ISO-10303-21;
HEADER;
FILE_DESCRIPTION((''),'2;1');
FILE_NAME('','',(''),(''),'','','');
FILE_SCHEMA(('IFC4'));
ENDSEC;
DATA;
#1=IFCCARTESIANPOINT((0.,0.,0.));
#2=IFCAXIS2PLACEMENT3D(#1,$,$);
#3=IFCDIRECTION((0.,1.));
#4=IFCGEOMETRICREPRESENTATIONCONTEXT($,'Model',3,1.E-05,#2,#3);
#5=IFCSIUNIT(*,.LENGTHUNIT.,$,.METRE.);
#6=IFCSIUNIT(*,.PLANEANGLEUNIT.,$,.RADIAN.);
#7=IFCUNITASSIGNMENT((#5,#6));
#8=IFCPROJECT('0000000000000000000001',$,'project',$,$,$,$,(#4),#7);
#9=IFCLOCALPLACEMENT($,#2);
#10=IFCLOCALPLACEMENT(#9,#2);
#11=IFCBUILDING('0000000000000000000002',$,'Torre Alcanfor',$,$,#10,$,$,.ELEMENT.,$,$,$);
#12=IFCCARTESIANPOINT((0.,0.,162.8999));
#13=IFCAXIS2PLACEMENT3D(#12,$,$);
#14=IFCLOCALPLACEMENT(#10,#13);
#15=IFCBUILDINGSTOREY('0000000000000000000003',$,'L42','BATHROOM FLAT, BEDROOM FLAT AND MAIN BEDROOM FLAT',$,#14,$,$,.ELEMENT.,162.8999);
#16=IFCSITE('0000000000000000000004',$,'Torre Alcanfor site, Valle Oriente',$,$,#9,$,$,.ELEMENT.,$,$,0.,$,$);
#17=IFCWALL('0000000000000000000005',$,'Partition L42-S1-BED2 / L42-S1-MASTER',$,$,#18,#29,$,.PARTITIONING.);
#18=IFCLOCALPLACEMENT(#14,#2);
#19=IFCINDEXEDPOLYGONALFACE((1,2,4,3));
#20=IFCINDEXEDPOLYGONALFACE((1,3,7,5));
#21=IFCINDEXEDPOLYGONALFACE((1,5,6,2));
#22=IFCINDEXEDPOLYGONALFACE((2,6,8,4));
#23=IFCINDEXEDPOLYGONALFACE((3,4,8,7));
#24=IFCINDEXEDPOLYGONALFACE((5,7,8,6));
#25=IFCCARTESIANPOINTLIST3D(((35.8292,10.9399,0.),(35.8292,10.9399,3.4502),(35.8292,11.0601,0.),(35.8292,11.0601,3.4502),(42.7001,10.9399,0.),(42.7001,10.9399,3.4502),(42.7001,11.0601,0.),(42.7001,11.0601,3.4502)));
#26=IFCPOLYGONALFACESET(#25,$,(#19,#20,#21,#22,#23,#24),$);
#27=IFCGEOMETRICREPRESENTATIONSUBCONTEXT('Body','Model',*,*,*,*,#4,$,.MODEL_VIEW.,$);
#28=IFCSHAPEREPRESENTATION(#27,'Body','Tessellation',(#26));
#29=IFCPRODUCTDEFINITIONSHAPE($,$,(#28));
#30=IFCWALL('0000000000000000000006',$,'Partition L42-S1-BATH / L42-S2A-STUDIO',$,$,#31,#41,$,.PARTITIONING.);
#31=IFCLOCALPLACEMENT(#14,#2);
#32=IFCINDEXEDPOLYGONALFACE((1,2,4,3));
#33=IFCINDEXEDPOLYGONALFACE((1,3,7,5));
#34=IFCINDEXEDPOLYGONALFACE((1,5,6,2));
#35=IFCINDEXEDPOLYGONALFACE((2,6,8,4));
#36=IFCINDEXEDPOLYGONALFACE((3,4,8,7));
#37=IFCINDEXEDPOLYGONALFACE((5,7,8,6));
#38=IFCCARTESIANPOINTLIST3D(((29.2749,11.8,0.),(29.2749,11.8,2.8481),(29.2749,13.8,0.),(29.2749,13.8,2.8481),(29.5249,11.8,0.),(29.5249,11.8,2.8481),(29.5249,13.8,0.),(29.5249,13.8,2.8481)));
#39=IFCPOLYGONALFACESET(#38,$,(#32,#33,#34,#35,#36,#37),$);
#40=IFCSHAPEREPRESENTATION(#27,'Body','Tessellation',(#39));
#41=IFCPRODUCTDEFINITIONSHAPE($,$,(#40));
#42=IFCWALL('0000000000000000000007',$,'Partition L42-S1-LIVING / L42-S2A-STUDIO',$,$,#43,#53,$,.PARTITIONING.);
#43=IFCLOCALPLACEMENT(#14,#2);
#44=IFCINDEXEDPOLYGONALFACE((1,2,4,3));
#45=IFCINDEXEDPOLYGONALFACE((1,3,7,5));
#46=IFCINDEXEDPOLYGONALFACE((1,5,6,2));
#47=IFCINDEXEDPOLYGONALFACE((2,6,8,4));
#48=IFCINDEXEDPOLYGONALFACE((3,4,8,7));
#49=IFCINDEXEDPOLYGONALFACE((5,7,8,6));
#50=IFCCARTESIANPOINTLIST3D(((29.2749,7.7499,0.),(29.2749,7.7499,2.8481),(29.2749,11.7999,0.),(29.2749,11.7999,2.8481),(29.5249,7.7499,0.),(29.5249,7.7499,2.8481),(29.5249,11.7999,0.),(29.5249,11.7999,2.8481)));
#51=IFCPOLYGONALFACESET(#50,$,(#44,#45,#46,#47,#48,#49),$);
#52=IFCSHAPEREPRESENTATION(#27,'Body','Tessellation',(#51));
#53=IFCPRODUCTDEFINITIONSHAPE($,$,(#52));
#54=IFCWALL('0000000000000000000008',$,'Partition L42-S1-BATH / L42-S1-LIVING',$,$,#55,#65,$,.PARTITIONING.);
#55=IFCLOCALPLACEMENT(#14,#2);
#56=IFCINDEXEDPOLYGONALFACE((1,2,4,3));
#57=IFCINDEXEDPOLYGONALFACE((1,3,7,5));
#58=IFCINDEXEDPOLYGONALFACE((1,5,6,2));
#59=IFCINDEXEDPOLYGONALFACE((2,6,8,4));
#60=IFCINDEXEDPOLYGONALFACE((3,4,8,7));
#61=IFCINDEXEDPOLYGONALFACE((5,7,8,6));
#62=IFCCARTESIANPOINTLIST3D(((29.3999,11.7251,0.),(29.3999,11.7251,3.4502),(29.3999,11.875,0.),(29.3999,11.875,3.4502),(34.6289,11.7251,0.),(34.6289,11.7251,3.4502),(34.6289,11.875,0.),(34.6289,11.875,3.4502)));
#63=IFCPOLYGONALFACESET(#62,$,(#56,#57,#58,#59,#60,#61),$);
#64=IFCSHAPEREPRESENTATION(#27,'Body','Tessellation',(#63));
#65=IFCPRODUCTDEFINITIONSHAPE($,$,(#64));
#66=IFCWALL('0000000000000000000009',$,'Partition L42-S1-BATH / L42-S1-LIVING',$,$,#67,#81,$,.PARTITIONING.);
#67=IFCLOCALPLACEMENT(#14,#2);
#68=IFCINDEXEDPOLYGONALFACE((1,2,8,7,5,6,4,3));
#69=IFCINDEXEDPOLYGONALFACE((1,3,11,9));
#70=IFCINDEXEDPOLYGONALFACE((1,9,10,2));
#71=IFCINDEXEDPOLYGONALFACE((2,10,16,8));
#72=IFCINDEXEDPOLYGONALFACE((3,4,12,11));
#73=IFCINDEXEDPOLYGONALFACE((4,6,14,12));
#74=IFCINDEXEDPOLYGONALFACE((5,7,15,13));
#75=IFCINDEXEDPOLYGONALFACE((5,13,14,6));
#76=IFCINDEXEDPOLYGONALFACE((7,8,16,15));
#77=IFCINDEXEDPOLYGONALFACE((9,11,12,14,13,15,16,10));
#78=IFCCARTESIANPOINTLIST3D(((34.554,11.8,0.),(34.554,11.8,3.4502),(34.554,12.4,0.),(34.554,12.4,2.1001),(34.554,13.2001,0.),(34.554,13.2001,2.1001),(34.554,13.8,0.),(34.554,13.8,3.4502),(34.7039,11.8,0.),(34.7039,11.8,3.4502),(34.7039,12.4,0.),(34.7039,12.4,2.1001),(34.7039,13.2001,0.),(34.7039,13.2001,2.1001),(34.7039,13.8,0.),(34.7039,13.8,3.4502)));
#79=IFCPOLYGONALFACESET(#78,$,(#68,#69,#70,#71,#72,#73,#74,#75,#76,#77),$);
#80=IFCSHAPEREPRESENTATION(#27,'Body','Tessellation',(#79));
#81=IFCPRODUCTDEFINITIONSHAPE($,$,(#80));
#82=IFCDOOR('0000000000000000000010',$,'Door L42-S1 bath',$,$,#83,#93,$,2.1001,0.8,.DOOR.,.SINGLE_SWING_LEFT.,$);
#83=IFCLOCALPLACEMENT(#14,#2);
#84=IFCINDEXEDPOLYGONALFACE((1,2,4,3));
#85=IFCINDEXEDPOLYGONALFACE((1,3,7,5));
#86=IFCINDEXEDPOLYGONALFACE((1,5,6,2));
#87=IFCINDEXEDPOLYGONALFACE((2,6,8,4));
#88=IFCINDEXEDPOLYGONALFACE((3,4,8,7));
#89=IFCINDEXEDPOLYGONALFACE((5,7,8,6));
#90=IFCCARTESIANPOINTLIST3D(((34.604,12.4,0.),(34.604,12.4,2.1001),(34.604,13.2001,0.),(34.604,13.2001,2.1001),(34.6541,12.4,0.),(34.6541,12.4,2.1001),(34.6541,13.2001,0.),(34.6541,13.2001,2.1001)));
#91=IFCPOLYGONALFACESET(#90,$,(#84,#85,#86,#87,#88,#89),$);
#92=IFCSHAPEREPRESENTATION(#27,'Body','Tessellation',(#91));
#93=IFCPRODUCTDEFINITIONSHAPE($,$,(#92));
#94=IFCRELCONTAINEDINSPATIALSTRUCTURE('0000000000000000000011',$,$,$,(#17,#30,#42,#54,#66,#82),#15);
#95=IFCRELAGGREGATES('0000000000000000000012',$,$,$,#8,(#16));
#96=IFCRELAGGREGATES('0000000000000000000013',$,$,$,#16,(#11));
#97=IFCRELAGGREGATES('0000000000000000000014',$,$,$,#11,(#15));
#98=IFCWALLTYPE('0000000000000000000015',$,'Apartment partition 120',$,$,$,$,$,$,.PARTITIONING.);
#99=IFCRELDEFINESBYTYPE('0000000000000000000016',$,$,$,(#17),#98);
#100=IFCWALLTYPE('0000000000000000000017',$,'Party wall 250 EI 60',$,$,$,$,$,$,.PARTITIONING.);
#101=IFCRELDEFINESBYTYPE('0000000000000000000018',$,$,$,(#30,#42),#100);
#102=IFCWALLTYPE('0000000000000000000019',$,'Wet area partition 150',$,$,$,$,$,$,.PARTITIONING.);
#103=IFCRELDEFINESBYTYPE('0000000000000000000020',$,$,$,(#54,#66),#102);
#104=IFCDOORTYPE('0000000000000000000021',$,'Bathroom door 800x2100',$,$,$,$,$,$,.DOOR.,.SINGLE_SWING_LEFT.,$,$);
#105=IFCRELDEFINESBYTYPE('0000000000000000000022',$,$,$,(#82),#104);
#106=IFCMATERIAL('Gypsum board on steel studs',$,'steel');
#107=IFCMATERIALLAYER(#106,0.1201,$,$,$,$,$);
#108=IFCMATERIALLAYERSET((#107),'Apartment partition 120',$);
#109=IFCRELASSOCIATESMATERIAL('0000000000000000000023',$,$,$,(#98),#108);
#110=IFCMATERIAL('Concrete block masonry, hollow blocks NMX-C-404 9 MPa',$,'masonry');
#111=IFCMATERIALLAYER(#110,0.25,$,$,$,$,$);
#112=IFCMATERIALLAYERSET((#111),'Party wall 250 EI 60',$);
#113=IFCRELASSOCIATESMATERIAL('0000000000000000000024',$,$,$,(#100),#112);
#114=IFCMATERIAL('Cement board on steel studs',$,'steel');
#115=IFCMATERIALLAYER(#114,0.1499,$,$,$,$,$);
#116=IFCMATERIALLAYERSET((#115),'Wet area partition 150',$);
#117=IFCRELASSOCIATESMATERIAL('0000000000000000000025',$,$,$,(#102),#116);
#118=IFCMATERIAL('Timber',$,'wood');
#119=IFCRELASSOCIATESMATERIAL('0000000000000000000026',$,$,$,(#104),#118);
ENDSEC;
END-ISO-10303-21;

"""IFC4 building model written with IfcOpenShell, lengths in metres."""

from ifc_helpers import new_model, si_unit, direction, frame, frame_2d, origin, place, context, subcontext, project, spatial, rectangle, extrude, material, layer, layer_set, type_object, element, fill, save


model = new_model("IFC4")

# Units and contexts
model_context = context("Model", 3, precision=1e-05, world=origin(), true_north=direction((0.0, 1.0)))
body_context = subcontext(model_context, "Body", "Model", "MODEL_VIEW")
ifc_project = project(units=[si_unit("LENGTHUNIT", "METRE"), si_unit("PLANEANGLEUNIT", "RADIAN")], contexts=[model_context])

# Site, building, storey
site_placement = place(None, origin())
site = spatial("IfcSite", under=ifc_project, at=site_placement, Name="Torre Alcanfor site, Valle Oriente", CompositionType="ELEMENT", RefElevation=0.0)
building_placement = place(site_placement, origin())
building = spatial("IfcBuilding", under=site, at=building_placement, Name="Torre Alcanfor", CompositionType="ELEMENT")
storey_placement = place(building_placement, frame((0.0, 0.0, 162.8999)))
storey = spatial("IfcBuildingStorey", under=building, at=storey_placement, Name="L42", Description="BATHROOM FLAT, BEDROOM FLAT AND MAIN BEDROOM FLAT", CompositionType="ELEMENT", Elevation=162.8999)

# Shared definitions
ifc_material_1 = material(Name="Gypsum board on steel studs", Category="steel")
ifc_layer_1 = layer(ifc_material_1, 0.1201)
ifc_layer_set_1 = layer_set([ifc_layer_1], Name="Apartment partition 120")
wall_type_1 = type_object("IfcWallType", Name="Apartment partition 120", PredefinedType="PARTITIONING", material=ifc_layer_set_1)

# Walls
wall_1_placement = place(storey_placement, frame((35.8291, 11.0, 0.0), z_axis=(0.0, 0.0, 1.0), x_axis=(1.0, 0.0, 0.0)))
element("IfcWall", 1, at=wall_1_placement, inside=storey, type_object=wall_type_1, Name="Partition L42-S1-BED2 / L42-S1-MASTER", PredefinedType="PARTITIONING", context=body_context, shape_type="SweptSolid", body=[
    extrude(rectangle(XDim=6.8708, YDim=0.1201, at=frame_2d((3.4355, 0.0))), origin(), (0.0, 0.0, 1.0), 3.4502),
])
ifc_material_2 = material(Name="Concrete block masonry, hollow blocks NMX-C-404 9 MPa", Category="masonry")
ifc_layer_2 = layer(ifc_material_2, 0.25)
ifc_layer_set_2 = layer_set([ifc_layer_2], Name="Party wall 250 EI 60")
wall_type_2 = type_object("IfcWallType", Name="Party wall 250 EI 60", PredefinedType="PARTITIONING", material=ifc_layer_set_2)
wall_2_placement = place(storey_placement, frame((29.3999, 13.8, 0.0), z_axis=(0.0, 0.0, 1.0), x_axis=(0.0, -1.0, 0.0)))
element("IfcWall", 2, at=wall_2_placement, inside=storey, type_object=wall_type_2, Name="Partition L42-S1-BATH / L42-S2A-STUDIO", PredefinedType="PARTITIONING", context=body_context, shape_type="SweptSolid", body=[
    extrude(rectangle(XDim=2.0, YDim=0.25, at=frame_2d((1.0, 0.0))), origin(), (0.0, 0.0, 1.0), 2.8481),
])
wall_3_placement = place(storey_placement, frame((29.3999, 7.75, 0.0), z_axis=(0.0, 0.0, 1.0), x_axis=(0.0, 1.0, 0.0)))
element("IfcWall", 3, at=wall_3_placement, inside=storey, type_object=wall_type_2, Name="Partition L42-S1-LIVING / L42-S2A-STUDIO", PredefinedType="PARTITIONING", context=body_context, shape_type="SweptSolid", body=[
    extrude(rectangle(XDim=4.05, YDim=0.25, at=frame_2d((2.0249, 0.0))), origin(), (0.0, 0.0, 1.0), 2.8481),
])
ifc_material_3 = material(Name="Cement board on steel studs", Category="steel")
ifc_layer_3 = layer(ifc_material_3, 0.1499)
ifc_layer_set_3 = layer_set([ifc_layer_3], Name="Wet area partition 150")
wall_type_3 = type_object("IfcWallType", Name="Wet area partition 150", PredefinedType="PARTITIONING", material=ifc_layer_set_3)
wall_4_placement = place(storey_placement, frame((29.3999, 11.8, 0.0), z_axis=(0.0, 0.0, 1.0), x_axis=(1.0, 0.0, 0.0)))
element("IfcWall", 4, at=wall_4_placement, inside=storey, type_object=wall_type_3, Name="Partition L42-S1-BATH / L42-S1-LIVING", PredefinedType="PARTITIONING", context=body_context, shape_type="SweptSolid", body=[
    extrude(rectangle(XDim=5.229, YDim=0.1499, at=frame_2d((2.6145, 0.0))), origin(), (0.0, 0.0, 1.0), 3.4502),
])

# Wall, opening, door
wall_5_placement = place(storey_placement, frame((34.6289, 11.8, 0.0), z_axis=(0.0, 0.0, 1.0), x_axis=(0.0, 1.0, 0.0)))
wall_5 = element("IfcWall", 5, at=wall_5_placement, inside=storey, type_object=wall_type_3, Name="Partition L42-S1-BATH / L42-S1-LIVING", PredefinedType="PARTITIONING", context=body_context, shape_type="SweptSolid", body=[
    extrude(rectangle(XDim=2.0, YDim=0.1499, at=frame_2d((1.0, 0.0))), origin(), (0.0, 0.0, 1.0), 3.4502),
])
opening_1_placement = place(wall_5_placement, frame((0.6001, 0.0, 0.0)))
opening_1 = element("IfcOpeningElement", 6, at=opening_1_placement, cuts=wall_5, PredefinedType="OPENING", context=body_context, shape_type="SweptSolid", body=[
    extrude(rectangle(XDim=0.8, YDim=2.1001, at=frame_2d((0.3999, 1.05))), frame((0.0, 0.085, 0.0), z_axis=(0.0, -1.0, 0.0), x_axis=(1.0, 0.0, 0.0)), (0.0, 0.0, 1.0), 0.1699),
])
ifc_material_4 = material(Name="Timber", Category="wood")
door_type_1 = type_object("IfcDoorType", Name="Bathroom door 800x2100", OperationType="SINGLE_SWING_LEFT", PredefinedType="DOOR", material=ifc_material_4)
door_1_placement = place(opening_1_placement, origin())
door_1 = element("IfcDoor", 7, at=door_1_placement, inside=storey, type_object=door_type_1, Name="Door L42-S1 bath", OperationType="SINGLE_SWING_LEFT", OverallHeight=2.1001, OverallWidth=0.8, PredefinedType="DOOR", context=body_context, shape_type="SweptSolid", body=[
    extrude(rectangle(XDim=0.8, YDim=2.1001, at=frame_2d((0.3999, 1.05))), frame((0.0, 0.0249, 0.0), z_axis=(0.0, -1.0, 0.0), x_axis=(1.0, 0.0, 0.0)), (0.0, 0.0, 1.0), 0.05),
])
fill(opening_1, door_1)

save(model, "model.ifc")
